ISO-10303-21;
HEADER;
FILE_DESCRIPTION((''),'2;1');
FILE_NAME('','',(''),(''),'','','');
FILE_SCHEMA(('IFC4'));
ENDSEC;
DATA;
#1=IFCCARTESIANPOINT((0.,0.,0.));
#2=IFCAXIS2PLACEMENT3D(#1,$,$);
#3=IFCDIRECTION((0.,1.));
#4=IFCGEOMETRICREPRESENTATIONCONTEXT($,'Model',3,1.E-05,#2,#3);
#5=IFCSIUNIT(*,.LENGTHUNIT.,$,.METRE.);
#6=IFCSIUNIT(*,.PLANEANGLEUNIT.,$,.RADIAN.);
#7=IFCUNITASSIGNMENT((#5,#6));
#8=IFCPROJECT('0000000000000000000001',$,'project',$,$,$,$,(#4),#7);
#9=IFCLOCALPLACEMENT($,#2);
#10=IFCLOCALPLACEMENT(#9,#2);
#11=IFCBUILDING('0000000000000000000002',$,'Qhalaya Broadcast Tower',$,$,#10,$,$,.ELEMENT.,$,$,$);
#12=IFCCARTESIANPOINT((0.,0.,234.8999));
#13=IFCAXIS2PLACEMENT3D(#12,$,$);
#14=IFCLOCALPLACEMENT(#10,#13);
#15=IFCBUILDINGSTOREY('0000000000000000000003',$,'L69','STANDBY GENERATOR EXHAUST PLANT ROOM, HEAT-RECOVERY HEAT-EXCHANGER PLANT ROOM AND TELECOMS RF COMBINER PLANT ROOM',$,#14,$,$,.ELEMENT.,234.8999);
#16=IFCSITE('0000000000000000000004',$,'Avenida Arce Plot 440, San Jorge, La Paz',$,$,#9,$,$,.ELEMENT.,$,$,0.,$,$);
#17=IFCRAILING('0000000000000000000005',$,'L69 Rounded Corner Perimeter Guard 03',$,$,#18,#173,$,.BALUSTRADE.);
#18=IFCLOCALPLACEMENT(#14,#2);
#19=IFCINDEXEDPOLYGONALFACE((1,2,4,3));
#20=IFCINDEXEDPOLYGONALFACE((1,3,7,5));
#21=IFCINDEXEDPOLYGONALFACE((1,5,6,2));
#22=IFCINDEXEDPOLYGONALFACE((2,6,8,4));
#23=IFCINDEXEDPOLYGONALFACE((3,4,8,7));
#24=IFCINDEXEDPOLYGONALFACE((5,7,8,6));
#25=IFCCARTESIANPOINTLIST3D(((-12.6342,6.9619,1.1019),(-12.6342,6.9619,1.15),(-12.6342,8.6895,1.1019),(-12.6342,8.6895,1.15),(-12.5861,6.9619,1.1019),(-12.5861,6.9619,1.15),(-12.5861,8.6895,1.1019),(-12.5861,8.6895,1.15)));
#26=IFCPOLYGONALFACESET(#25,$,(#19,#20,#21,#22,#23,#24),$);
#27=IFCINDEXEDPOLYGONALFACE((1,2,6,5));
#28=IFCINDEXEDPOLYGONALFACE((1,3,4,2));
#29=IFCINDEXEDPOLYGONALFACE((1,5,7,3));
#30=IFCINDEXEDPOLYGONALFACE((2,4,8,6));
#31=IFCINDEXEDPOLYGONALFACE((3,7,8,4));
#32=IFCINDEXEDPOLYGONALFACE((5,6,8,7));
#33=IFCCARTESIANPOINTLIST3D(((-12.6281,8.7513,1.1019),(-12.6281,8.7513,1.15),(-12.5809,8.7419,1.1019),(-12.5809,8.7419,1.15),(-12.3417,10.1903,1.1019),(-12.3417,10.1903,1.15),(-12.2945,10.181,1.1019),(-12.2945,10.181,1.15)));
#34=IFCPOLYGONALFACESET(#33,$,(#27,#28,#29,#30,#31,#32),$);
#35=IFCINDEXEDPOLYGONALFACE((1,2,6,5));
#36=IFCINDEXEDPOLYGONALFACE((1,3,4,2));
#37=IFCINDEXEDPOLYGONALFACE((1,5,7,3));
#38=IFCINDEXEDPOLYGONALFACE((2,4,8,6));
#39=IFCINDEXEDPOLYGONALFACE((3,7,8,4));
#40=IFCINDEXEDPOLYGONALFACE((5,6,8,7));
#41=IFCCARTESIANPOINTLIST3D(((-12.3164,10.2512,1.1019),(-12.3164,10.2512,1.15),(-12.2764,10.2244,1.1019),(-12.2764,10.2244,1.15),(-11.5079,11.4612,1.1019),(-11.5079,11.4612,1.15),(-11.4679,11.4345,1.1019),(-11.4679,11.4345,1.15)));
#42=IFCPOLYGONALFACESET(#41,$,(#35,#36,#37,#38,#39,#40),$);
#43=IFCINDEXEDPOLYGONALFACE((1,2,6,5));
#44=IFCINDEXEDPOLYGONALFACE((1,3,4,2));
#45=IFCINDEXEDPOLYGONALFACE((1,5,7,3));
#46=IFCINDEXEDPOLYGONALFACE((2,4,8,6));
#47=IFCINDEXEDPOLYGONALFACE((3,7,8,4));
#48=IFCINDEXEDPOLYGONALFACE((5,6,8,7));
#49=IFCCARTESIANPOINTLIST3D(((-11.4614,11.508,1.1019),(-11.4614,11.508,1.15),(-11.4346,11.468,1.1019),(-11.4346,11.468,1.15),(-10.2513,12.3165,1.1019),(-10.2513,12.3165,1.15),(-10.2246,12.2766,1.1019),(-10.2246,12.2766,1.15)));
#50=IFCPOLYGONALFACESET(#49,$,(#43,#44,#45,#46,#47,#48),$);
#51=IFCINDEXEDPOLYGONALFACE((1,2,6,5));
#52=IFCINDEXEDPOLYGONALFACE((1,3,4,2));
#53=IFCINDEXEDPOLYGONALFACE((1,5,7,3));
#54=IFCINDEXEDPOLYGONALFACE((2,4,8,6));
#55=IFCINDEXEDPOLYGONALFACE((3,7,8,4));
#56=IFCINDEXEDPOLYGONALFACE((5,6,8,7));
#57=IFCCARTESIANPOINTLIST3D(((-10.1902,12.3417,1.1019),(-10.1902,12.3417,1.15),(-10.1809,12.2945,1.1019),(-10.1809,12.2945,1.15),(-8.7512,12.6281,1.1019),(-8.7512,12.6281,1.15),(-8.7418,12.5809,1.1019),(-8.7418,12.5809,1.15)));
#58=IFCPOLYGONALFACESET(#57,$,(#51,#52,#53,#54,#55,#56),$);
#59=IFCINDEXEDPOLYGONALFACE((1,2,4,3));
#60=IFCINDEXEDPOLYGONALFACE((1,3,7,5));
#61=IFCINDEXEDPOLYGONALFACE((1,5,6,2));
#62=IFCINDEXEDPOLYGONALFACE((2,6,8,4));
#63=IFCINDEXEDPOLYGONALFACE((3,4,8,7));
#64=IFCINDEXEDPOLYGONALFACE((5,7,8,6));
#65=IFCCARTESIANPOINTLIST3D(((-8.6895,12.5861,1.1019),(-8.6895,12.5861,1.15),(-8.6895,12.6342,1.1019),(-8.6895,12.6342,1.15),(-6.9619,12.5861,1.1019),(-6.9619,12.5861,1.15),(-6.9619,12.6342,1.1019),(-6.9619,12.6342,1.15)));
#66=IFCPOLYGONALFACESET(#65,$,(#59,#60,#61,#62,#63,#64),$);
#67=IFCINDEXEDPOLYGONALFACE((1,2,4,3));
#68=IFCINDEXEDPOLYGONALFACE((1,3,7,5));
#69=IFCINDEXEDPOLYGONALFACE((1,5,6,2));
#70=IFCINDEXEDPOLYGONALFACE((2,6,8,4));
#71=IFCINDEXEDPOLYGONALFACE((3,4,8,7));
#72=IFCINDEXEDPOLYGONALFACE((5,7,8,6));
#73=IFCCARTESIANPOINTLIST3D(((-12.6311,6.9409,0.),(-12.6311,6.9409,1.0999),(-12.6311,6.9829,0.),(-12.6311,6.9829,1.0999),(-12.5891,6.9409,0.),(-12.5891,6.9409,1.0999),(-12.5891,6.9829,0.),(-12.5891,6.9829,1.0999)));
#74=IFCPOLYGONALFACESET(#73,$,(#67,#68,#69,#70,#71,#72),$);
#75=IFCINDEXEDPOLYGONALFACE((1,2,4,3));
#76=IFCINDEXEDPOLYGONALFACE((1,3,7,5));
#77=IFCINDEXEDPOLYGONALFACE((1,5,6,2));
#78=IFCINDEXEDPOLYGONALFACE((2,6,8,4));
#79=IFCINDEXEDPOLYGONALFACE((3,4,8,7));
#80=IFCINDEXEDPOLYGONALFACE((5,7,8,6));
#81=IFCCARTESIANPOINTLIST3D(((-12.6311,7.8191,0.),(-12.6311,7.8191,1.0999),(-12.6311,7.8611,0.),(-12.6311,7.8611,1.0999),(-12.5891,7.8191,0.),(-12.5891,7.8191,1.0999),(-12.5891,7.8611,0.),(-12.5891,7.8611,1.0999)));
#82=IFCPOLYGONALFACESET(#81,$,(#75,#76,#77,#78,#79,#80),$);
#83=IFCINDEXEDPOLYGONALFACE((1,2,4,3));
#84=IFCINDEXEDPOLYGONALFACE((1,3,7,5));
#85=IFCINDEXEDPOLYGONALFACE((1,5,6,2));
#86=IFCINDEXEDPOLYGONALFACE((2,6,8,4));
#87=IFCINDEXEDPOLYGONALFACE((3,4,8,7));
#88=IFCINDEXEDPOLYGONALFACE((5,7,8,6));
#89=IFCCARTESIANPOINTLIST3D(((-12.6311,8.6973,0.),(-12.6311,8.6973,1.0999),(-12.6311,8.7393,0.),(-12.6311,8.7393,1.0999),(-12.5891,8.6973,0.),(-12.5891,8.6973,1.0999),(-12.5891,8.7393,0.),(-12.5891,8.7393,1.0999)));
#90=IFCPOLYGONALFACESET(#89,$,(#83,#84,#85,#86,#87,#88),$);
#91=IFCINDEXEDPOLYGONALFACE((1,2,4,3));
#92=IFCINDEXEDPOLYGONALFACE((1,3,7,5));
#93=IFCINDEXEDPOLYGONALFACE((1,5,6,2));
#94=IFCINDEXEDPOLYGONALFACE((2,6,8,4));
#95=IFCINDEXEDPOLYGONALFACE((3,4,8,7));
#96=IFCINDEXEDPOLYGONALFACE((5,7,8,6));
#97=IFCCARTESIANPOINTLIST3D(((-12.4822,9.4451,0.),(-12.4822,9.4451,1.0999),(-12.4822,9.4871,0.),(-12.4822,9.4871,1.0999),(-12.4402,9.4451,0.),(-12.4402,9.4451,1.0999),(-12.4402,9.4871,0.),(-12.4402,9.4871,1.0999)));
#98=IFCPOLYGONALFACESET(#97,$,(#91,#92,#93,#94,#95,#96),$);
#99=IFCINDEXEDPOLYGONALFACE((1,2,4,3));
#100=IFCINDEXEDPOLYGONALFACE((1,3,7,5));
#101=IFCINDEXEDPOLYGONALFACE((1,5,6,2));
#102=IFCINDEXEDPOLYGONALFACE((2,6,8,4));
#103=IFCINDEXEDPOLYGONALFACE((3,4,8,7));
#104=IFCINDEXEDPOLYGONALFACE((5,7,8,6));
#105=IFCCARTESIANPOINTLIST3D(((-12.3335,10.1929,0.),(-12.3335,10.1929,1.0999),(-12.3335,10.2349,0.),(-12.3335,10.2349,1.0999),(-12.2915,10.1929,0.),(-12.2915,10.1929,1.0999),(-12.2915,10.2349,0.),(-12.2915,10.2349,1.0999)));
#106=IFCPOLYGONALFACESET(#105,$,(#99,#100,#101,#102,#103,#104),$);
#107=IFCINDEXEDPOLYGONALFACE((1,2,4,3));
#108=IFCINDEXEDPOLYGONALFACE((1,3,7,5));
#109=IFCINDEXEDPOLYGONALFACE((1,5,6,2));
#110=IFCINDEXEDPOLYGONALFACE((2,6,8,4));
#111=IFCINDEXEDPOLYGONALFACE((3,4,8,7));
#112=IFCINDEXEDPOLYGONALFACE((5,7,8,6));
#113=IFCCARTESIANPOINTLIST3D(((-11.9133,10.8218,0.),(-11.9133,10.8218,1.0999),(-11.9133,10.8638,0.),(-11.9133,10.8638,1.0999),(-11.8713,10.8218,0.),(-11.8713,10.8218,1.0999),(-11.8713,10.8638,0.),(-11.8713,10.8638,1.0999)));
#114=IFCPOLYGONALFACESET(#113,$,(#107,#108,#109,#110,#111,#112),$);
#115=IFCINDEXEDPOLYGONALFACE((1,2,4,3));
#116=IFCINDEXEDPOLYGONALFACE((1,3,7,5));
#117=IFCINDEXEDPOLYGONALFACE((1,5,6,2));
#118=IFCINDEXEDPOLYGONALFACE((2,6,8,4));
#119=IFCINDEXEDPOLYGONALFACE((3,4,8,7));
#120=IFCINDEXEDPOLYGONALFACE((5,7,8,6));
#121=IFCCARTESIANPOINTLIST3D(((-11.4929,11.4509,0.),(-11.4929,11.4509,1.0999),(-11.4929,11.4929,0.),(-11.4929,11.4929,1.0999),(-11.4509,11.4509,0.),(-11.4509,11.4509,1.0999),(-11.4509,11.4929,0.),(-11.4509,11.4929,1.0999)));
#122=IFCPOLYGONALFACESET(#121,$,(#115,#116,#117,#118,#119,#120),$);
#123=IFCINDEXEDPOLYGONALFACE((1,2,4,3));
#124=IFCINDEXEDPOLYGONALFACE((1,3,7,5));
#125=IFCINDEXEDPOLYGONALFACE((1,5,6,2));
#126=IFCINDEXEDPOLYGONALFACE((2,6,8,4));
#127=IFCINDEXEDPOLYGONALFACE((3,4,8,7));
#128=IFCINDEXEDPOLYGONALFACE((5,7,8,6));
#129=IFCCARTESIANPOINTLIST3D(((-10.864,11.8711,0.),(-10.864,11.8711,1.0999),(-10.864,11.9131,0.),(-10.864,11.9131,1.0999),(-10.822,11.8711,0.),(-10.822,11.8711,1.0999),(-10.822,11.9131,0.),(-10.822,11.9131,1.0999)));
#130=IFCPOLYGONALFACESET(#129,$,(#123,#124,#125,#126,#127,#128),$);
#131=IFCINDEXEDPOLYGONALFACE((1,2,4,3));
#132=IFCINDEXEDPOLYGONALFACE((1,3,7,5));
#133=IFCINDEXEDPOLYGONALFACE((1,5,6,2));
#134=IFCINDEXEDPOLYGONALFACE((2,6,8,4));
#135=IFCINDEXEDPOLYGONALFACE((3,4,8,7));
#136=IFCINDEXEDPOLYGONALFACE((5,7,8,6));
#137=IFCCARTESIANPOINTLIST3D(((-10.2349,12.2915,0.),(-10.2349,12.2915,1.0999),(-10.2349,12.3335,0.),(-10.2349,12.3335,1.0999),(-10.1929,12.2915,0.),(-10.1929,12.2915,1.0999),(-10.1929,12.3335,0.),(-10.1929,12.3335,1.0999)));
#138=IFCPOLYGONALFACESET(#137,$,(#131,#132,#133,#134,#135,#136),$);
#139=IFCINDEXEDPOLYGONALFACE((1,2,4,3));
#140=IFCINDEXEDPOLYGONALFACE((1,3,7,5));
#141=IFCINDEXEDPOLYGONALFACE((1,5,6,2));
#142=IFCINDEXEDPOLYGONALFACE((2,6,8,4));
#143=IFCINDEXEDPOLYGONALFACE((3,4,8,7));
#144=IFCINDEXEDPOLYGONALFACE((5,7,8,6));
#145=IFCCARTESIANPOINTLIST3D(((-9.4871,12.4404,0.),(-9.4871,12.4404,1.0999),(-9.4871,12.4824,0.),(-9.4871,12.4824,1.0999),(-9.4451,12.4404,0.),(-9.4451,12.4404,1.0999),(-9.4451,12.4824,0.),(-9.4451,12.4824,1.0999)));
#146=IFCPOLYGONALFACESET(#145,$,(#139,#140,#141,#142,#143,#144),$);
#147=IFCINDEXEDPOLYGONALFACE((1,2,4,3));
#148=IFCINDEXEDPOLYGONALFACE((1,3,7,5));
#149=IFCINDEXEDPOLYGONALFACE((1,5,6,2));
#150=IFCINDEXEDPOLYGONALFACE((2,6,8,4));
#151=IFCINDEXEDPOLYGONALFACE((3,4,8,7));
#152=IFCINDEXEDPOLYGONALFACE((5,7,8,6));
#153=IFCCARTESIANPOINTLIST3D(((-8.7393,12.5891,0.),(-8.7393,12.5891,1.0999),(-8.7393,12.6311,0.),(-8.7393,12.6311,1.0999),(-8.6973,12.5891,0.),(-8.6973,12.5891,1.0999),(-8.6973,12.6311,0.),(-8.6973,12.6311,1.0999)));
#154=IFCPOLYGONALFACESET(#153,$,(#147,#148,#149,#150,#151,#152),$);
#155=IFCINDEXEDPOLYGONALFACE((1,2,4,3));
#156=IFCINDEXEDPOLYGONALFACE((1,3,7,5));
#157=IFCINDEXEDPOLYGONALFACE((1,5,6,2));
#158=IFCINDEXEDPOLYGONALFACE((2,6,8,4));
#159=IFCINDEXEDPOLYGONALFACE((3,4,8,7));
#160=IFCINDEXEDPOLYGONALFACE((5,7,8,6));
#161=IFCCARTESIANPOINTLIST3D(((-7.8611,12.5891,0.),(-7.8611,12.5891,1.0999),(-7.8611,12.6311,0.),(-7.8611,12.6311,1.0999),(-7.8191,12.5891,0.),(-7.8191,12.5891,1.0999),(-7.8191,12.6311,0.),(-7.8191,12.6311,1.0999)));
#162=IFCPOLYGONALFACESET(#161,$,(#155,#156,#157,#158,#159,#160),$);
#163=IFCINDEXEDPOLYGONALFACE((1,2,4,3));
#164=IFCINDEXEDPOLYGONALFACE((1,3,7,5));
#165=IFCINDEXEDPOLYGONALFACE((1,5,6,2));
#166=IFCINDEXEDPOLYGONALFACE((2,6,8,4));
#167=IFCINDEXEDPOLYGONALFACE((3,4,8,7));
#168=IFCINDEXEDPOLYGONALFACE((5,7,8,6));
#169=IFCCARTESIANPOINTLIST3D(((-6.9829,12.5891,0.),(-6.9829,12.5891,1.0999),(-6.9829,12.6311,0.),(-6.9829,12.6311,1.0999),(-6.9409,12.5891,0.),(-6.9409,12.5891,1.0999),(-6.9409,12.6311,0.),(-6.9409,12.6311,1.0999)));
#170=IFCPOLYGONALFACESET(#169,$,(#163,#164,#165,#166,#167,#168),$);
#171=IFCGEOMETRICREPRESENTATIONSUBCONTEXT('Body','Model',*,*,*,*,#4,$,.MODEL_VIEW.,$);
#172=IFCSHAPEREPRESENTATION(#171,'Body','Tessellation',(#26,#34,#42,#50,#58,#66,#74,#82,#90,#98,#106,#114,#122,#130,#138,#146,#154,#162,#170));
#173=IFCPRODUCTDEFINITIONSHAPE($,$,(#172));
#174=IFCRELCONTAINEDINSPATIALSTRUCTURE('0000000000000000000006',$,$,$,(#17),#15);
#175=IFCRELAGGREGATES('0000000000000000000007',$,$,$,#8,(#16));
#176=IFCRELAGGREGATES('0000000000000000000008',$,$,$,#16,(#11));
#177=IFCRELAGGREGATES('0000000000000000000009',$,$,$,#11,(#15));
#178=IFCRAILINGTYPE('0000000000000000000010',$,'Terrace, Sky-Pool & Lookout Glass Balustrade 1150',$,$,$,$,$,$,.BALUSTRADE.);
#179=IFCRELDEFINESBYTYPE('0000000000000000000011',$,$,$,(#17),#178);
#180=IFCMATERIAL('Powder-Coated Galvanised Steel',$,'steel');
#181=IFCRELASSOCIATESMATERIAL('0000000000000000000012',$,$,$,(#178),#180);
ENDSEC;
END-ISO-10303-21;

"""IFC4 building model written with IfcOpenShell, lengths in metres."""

from ifc_helpers import new_model, si_unit, direction, frame, origin, origin_2d, place, context, subcontext, project, spatial, rectangle, extrude, material, type_object, element, save


model = new_model("IFC4")

# Units and contexts
model_context = context("Model", 3, precision=1e-05, world=origin(), true_north=direction((0.0, 1.0)))
body_context = subcontext(model_context, "Body", "Model", "MODEL_VIEW")
ifc_project = project(units=[si_unit("LENGTHUNIT", "METRE"), si_unit("PLANEANGLEUNIT", "RADIAN")], contexts=[model_context])

# Site, building, storey
site_placement = place(None, origin())
site = spatial("IfcSite", under=ifc_project, at=site_placement, Name="Avenida Arce Plot 440, San Jorge, La Paz", CompositionType="ELEMENT", RefElevation=0.0)
building_placement = place(site_placement, origin())
building = spatial("IfcBuilding", under=site, at=building_placement, Name="Qhalaya Broadcast Tower", CompositionType="ELEMENT")
storey_placement = place(building_placement, frame((0.0, 0.0, 234.8999)))
storey = spatial("IfcBuildingStorey", under=building, at=storey_placement, Name="L69", Description="STANDBY GENERATOR EXHAUST PLANT ROOM, HEAT-RECOVERY HEAT-EXCHANGER PLANT ROOM AND TELECOMS RF COMBINER PLANT ROOM", CompositionType="ELEMENT", Elevation=234.8999)

# Railing
ifc_material_1 = material(Name="Powder-Coated Galvanised Steel", Category="steel")
railing_type_1 = type_object("IfcRailingType", Name="Terrace, Sky-Pool & Lookout Glass Balustrade 1150", PredefinedType="BALUSTRADE", material=ifc_material_1)
railing_1_placement = place(storey_placement, frame((-12.6101, 6.9619, 0.0)))
element("IfcRailing", 1, at=railing_1_placement, inside=storey, type_object=railing_type_1, Name="L69 Rounded Corner Perimeter Guard 03", PredefinedType="BALUSTRADE", context=body_context, shape_type="SweptSolid", body=[
    extrude(rectangle(XDim=0.0481, YDim=0.0481, at=origin_2d()), frame((0.0, 0.0, 1.126), z_axis=(0.0, 1.0, 0.0), x_axis=(-1.0, 0.0, 0.0)), (0.0, 0.0, 1.0), 1.7275),
    extrude(rectangle(XDim=0.0481, YDim=0.0481, at=origin_2d()), frame((0.0056, 1.7847, 1.126), z_axis=(0.195162, 0.980771, 0.0), x_axis=(-0.980771, 0.195162, 0.0)), (0.0, 0.0, 1.0), 1.4673),
    extrude(rectangle(XDim=0.0481, YDim=0.0481, at=origin_2d()), frame((0.3137, 3.2759, 1.126), z_axis=(0.555556, 0.831479, 0.0), x_axis=(-0.831479, 0.555556, 0.0)), (0.0, 0.0, 1.0), 1.4553),
    extrude(rectangle(XDim=0.0481, YDim=0.0481, at=origin_2d()), frame((1.1621, 4.5261, 1.126), z_axis=(0.831479, 0.555556, 0.0), x_axis=(-0.555556, 0.831479, 0.0)), (0.0, 0.0, 1.0), 1.4553),
    extrude(rectangle(XDim=0.0481, YDim=0.0481, at=origin_2d()), frame((2.4246, 5.3562, 1.126), z_axis=(0.980771, 0.195162, 0.0), x_axis=(-0.195162, 0.980771, 0.0)), (0.0, 0.0, 1.0), 1.4673),
    extrude(rectangle(XDim=0.0481, YDim=0.0481, at=origin_2d()), frame((3.9207, 5.6482, 1.126), z_axis=(1.0, 0.0, 0.0), x_axis=(0.0, 1.0, 0.0)), (0.0, 0.0, 1.0), 1.7275),
    extrude(rectangle(XDim=0.042, YDim=0.042, at=origin_2d()), origin(), (0.0, 0.0, 1.0), 1.0999),
    extrude(rectangle(XDim=0.042, YDim=0.042, at=origin_2d()), frame((0.0, 0.8782, 0.0)), (0.0, 0.0, 1.0), 1.0999),
    extrude(rectangle(XDim=0.042, YDim=0.042, at=origin_2d()), frame((0.0, 1.7563, 0.0)), (0.0, 0.0, 1.0), 1.0999),
    extrude(rectangle(XDim=0.042, YDim=0.042, at=origin_2d()), frame((0.1489, 2.5042, 0.0)), (0.0, 0.0, 1.0), 1.0999),
    extrude(rectangle(XDim=0.042, YDim=0.042, at=origin_2d()), frame((0.2976, 3.252, 0.0)), (0.0, 0.0, 1.0), 1.0999),
    extrude(rectangle(XDim=0.042, YDim=0.042, at=origin_2d()), frame((0.7178, 3.8809, 0.0)), (0.0, 0.0, 1.0), 1.0999),
    extrude(rectangle(XDim=0.042, YDim=0.042, at=origin_2d()), frame((1.1382, 4.51, 0.0)), (0.0, 0.0, 1.0), 1.0999),
    extrude(rectangle(XDim=0.042, YDim=0.042, at=origin_2d()), frame((1.7671, 4.9302, 0.0)), (0.0, 0.0, 1.0), 1.0999),
    extrude(rectangle(XDim=0.042, YDim=0.042, at=origin_2d()), frame((2.3962, 5.3506, 0.0)), (0.0, 0.0, 1.0), 1.0999),
    extrude(rectangle(XDim=0.042, YDim=0.042, at=origin_2d()), frame((3.144, 5.4995, 0.0)), (0.0, 0.0, 1.0), 1.0999),
    extrude(rectangle(XDim=0.042, YDim=0.042, at=origin_2d()), frame((3.8918, 5.6482, 0.0)), (0.0, 0.0, 1.0), 1.0999),
    extrude(rectangle(XDim=0.042, YDim=0.042, at=origin_2d()), frame((4.77, 5.6482, 0.0)), (0.0, 0.0, 1.0), 1.0999),
    extrude(rectangle(XDim=0.042, YDim=0.042, at=origin_2d()), frame((5.6482, 5.6482, 0.0)), (0.0, 0.0, 1.0), 1.0999),
])

save(model, "model.ifc")
